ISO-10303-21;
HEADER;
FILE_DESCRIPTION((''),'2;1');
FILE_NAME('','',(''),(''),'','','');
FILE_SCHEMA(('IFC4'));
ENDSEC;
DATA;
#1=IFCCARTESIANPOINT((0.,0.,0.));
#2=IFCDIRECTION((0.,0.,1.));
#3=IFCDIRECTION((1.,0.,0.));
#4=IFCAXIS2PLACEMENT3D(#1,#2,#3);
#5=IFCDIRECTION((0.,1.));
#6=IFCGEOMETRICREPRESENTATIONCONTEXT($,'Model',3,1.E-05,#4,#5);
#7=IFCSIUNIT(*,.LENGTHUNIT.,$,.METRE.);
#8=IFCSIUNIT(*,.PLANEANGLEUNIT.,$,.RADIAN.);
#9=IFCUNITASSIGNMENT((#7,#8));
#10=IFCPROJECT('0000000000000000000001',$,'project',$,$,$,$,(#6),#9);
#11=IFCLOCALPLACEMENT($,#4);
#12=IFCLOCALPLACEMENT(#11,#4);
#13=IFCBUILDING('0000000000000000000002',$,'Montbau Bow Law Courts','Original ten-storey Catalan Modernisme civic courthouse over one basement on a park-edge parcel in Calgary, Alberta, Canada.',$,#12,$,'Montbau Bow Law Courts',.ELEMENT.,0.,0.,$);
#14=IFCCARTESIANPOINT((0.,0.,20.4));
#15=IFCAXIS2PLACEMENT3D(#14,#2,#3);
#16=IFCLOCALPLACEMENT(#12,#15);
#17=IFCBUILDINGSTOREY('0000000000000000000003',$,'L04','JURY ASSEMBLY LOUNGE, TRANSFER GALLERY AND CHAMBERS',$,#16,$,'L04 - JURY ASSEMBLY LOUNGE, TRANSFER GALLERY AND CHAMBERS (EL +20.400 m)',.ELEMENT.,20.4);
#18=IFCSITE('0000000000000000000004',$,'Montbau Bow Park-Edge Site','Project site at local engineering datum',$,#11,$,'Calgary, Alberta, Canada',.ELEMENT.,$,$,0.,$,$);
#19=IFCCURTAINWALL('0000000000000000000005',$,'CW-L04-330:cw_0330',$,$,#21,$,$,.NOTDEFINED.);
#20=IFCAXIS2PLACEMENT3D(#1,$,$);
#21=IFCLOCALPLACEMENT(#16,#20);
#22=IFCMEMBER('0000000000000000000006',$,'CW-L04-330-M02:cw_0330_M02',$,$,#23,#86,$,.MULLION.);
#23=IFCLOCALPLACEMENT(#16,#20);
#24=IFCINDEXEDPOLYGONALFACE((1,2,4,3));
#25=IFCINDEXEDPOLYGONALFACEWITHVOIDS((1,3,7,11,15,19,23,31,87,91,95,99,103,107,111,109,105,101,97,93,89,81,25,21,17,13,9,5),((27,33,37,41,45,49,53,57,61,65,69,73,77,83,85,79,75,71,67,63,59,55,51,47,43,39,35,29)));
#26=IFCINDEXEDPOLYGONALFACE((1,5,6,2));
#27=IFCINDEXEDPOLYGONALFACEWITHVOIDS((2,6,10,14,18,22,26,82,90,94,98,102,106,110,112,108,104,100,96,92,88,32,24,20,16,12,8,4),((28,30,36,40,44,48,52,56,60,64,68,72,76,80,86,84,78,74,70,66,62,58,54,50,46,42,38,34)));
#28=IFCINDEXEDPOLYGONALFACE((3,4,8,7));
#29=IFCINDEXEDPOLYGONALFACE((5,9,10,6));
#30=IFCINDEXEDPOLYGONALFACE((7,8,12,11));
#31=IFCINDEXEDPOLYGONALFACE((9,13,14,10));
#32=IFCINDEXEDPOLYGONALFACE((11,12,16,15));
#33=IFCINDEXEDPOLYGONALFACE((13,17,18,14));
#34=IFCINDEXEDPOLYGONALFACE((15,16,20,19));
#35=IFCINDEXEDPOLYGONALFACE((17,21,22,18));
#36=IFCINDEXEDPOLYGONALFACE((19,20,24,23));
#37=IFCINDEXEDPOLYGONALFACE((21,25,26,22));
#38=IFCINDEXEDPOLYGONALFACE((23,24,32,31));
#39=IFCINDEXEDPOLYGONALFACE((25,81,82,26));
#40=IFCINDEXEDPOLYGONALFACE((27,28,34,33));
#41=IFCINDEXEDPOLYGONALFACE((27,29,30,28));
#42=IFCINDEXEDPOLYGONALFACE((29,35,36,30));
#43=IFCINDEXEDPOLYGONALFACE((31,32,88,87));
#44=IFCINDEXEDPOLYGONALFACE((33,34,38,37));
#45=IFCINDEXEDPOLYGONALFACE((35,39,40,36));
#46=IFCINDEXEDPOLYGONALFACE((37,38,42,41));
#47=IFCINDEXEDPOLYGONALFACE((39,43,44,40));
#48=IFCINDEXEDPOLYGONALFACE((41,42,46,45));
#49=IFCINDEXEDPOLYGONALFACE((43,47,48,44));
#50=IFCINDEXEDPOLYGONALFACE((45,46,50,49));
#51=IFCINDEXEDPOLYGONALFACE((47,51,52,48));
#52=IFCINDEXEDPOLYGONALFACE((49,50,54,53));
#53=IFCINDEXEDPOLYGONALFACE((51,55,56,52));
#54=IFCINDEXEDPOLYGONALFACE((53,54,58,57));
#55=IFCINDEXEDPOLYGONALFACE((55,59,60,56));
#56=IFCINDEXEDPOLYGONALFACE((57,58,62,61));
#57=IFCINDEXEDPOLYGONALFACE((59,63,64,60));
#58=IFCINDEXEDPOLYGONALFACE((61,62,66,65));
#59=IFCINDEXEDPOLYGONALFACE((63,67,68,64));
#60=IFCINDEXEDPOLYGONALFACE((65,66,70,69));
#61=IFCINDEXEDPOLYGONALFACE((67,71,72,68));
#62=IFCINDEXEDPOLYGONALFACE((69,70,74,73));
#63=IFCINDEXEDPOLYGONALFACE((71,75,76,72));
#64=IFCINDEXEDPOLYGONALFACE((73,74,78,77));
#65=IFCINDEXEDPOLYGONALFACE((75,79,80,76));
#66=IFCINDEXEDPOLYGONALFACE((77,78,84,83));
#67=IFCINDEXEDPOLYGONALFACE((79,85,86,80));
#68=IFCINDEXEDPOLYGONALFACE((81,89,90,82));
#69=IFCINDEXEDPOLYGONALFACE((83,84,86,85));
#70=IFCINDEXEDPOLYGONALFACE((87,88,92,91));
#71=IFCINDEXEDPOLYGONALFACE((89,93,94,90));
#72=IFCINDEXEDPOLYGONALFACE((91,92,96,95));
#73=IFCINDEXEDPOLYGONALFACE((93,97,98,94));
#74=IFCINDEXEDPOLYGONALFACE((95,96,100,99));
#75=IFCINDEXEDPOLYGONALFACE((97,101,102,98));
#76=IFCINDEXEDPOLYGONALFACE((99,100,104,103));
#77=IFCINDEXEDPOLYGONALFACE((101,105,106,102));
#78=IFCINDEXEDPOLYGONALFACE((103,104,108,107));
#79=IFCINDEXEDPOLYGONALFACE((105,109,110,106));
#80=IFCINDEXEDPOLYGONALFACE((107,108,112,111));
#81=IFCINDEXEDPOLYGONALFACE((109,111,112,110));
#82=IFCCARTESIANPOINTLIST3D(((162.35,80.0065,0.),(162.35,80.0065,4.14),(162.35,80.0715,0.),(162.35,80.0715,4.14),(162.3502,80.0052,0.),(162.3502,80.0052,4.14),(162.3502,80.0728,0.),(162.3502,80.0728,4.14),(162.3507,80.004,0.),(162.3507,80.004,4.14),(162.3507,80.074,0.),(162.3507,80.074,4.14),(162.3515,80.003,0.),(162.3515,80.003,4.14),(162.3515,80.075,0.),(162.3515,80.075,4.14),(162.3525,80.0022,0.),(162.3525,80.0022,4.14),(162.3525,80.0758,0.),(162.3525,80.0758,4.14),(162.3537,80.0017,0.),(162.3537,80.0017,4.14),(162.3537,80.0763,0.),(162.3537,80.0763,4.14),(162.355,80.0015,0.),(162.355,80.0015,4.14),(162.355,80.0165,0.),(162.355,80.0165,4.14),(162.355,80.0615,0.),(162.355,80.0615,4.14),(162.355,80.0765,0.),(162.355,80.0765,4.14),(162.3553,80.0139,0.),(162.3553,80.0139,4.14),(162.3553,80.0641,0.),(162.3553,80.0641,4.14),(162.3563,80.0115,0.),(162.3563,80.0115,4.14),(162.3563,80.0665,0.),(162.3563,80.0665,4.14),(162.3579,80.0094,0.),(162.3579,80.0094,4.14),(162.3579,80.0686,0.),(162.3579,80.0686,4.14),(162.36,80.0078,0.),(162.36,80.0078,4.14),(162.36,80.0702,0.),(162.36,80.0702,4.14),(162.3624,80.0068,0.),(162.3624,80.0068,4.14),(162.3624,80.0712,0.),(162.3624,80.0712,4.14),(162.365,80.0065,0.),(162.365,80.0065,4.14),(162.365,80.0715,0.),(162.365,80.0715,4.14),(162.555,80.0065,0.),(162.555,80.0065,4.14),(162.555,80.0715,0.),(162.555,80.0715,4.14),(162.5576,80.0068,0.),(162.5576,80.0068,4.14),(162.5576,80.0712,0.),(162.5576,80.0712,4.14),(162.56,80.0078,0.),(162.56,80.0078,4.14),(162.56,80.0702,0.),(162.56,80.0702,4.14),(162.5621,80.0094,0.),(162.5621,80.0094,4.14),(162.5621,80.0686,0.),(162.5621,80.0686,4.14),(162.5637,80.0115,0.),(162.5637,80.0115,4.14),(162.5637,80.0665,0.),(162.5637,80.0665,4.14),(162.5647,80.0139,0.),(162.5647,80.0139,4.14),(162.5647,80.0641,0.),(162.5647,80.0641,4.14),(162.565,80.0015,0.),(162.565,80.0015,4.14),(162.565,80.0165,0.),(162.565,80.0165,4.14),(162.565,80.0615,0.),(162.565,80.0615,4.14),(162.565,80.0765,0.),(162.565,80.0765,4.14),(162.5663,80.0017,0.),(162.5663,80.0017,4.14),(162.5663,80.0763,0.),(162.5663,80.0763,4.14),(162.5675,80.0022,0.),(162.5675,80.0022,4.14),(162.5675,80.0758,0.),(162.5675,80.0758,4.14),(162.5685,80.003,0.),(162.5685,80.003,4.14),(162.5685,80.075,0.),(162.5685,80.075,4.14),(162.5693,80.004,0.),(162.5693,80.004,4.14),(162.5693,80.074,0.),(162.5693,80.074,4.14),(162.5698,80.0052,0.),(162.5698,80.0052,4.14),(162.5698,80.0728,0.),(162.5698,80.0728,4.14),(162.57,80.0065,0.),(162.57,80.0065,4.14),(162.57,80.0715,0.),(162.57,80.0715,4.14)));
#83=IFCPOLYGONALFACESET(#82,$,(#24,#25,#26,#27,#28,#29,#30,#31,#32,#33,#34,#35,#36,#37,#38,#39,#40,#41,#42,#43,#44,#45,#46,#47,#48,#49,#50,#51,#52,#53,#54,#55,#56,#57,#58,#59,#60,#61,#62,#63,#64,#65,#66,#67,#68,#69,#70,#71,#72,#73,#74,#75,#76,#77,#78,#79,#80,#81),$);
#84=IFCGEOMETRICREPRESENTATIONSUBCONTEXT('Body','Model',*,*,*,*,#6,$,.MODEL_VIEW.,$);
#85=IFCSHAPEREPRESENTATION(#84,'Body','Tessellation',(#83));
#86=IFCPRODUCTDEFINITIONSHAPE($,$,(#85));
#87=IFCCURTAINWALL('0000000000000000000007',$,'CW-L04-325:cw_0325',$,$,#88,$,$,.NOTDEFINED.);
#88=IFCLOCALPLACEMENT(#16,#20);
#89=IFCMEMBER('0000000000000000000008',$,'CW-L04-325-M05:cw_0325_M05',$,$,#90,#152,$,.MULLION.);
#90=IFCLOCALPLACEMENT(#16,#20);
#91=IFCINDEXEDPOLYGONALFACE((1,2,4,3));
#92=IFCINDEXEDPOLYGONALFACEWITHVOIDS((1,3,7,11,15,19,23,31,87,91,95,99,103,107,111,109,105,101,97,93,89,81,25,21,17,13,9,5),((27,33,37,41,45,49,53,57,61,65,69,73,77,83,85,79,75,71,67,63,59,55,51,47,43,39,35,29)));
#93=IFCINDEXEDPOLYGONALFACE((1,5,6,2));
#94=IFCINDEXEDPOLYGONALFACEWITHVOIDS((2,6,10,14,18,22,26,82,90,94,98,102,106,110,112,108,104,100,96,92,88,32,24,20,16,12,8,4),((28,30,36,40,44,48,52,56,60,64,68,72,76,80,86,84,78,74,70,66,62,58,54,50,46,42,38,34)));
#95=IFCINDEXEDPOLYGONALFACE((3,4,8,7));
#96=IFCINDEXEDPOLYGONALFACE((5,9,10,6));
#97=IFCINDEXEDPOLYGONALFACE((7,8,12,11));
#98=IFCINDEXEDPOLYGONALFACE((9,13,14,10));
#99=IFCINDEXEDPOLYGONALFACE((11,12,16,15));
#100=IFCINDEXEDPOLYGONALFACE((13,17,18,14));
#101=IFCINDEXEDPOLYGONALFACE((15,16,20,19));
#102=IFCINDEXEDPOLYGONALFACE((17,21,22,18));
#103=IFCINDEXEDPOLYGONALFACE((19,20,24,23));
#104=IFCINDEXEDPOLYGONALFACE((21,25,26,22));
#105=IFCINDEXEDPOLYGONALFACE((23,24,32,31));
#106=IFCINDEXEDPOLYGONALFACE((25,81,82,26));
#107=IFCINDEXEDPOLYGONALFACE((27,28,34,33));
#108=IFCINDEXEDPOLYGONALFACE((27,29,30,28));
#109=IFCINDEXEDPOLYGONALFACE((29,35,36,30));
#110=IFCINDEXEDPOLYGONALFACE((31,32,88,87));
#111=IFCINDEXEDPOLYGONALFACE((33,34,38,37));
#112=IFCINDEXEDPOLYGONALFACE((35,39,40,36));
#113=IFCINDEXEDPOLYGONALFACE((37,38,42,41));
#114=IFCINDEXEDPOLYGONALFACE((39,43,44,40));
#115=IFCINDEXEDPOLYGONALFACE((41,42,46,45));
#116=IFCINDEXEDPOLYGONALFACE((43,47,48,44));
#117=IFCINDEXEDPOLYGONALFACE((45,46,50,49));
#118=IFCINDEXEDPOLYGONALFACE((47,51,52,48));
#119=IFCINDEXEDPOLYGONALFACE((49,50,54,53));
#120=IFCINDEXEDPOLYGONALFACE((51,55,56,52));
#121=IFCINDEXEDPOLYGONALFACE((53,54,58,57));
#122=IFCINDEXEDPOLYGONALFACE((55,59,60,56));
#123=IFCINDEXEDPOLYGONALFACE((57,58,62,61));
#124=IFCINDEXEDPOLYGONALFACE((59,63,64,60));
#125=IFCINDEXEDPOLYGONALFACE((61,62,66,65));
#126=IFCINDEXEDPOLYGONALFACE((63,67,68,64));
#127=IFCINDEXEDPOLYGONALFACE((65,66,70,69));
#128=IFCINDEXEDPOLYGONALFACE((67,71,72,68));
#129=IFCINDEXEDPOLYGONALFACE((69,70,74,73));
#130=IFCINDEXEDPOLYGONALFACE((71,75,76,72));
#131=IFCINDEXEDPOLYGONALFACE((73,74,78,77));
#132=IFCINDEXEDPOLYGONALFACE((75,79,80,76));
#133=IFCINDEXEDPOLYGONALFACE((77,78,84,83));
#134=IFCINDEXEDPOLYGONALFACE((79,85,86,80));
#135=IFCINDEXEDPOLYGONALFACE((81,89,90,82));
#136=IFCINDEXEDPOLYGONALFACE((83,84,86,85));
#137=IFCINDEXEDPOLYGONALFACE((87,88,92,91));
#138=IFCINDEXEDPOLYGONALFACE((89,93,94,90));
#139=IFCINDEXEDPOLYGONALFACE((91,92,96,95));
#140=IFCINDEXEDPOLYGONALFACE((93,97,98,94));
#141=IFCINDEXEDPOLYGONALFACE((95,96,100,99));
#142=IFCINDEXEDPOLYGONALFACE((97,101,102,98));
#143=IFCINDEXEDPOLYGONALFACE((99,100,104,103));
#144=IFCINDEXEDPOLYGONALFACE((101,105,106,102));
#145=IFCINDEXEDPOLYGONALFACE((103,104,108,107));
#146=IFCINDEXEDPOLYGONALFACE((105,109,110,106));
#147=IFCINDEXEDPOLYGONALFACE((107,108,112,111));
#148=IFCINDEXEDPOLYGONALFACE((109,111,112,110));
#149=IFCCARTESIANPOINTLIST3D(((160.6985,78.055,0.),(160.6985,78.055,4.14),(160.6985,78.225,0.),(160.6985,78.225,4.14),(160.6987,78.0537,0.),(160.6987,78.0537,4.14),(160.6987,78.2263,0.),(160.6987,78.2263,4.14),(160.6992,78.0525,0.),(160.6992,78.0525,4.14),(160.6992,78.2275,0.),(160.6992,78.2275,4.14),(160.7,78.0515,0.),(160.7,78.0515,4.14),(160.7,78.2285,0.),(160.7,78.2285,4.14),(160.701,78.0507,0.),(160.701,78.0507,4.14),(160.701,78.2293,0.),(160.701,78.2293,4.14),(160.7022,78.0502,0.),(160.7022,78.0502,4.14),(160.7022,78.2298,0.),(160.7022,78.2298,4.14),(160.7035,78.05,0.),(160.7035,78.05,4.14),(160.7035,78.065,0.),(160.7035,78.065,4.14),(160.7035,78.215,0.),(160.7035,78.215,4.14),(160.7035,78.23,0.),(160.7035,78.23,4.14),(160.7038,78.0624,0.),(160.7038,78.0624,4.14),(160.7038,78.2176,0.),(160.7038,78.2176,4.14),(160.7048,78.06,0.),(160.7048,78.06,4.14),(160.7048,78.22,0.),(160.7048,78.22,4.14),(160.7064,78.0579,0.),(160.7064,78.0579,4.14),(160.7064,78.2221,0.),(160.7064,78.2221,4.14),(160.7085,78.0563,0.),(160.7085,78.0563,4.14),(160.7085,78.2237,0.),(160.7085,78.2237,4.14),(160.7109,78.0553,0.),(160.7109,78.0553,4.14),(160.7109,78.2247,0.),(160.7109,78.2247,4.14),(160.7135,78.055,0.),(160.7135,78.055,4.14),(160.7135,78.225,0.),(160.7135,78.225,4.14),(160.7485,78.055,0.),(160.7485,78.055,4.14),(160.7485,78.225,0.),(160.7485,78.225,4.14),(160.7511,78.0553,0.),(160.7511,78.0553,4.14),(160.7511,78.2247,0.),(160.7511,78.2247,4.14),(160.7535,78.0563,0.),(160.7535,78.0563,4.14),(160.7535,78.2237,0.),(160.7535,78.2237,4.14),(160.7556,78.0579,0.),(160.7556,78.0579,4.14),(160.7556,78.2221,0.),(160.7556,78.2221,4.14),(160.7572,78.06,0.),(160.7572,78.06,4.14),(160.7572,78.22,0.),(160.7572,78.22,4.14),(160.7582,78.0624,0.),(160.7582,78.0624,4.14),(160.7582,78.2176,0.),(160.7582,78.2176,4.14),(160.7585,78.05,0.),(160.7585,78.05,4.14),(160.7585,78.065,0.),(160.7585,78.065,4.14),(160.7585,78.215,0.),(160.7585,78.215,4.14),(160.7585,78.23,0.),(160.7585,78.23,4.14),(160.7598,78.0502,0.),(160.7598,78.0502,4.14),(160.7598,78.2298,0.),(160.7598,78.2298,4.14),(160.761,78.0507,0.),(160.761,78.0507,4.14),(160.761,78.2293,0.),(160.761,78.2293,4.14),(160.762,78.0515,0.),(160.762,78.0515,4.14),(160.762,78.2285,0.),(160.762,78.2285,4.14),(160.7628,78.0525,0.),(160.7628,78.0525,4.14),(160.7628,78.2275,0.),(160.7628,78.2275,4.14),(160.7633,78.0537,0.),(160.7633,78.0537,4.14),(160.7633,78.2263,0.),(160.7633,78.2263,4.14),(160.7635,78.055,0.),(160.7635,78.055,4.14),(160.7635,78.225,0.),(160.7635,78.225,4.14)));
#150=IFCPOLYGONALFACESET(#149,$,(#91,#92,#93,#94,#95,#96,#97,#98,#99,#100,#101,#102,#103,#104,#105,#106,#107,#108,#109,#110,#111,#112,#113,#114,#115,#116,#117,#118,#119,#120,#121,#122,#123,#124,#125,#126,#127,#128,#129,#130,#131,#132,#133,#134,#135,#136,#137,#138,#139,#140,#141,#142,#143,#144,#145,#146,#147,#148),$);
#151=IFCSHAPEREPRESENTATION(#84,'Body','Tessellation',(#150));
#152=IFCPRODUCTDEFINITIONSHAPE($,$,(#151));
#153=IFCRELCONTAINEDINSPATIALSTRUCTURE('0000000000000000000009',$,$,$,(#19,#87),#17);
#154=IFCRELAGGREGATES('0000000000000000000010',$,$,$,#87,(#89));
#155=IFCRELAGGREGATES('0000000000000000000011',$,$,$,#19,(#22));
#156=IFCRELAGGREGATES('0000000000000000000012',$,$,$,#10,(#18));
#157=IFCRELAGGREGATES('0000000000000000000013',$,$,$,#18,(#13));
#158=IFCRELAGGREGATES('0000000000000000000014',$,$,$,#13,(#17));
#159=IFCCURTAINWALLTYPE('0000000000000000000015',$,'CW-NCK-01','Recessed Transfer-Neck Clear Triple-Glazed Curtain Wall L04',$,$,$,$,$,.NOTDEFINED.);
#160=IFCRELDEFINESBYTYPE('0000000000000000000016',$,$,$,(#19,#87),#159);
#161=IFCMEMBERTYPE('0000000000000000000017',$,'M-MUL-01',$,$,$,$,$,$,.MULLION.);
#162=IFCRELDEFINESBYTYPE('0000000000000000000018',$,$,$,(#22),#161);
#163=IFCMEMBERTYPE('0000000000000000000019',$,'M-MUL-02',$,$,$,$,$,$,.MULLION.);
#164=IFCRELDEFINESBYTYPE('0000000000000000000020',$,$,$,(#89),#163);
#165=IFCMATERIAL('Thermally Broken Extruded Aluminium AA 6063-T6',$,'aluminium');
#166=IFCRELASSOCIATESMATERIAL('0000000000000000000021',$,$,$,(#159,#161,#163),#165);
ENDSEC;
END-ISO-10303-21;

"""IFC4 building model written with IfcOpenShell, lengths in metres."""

from ifc_helpers import new_model, si_unit, direction, frame, origin_with_axes, origin_2d_with_axis, place, context, subcontext, project, spatial, hollow_rectangle, extrude, material, material_profile, profile_set, type_object, element, aggregate, save


model = new_model("IFC4")

# Units and contexts
model_context = context("Model", 3, precision=1e-05, world=origin_with_axes(), true_north=direction((0.0, 1.0)))
body_context = subcontext(model_context, "Body", "Model", "MODEL_VIEW")
ifc_project = project(units=[si_unit("LENGTHUNIT", "METRE"), si_unit("PLANEANGLEUNIT", "RADIAN")], contexts=[model_context])

# Site, building, storey
site_placement = place(None, origin_with_axes())
site = spatial("IfcSite", under=ifc_project, at=site_placement, Name="Montbau Bow Park-Edge Site", Description="Project site at local engineering datum", LongName="Calgary, Alberta, Canada", CompositionType="ELEMENT", RefElevation=0.0)
building_placement = place(site_placement, origin_with_axes())
building = spatial("IfcBuilding", under=site, at=building_placement, Name="Montbau Bow Law Courts", Description="Original ten-storey Catalan Modernisme civic courthouse over one basement on a park-edge parcel in Calgary, Alberta, Canada.", LongName="Montbau Bow Law Courts", CompositionType="ELEMENT", ElevationOfRefHeight=0.0, ElevationOfTerrain=0.0)
storey_placement = place(building_placement, frame((0.0, 0.0, 20.4), z_axis=(0.0, 0.0, 1.0), x_axis=(1.0, 0.0, 0.0)))
storey = spatial("IfcBuildingStorey", under=building, at=storey_placement, Name="L04", Description="JURY ASSEMBLY LOUNGE, TRANSFER GALLERY AND CHAMBERS", LongName="L04 - JURY ASSEMBLY LOUNGE, TRANSFER GALLERY AND CHAMBERS (EL +20.400 m)", CompositionType="ELEMENT", Elevation=20.4)

# Curtain walls, members
ifc_material_1 = material(Name="Thermally Broken Extruded Aluminium AA 6063-T6", Category="aluminium")
curtain_wall_type = type_object("IfcCurtainWallType", Name="CW-NCK-01", Description="Recessed Transfer-Neck Clear Triple-Glazed Curtain Wall L04", PredefinedType="NOTDEFINED", material=ifc_material_1)
curtain_wall_1_placement = place(None, frame((162.46, 78.515, 20.4), z_axis=(0.0, 0.0, 1.0), x_axis=(1.0, 0.0, 0.0)))
curtain_wall_1 = element("IfcCurtainWall", 1, at=curtain_wall_1_placement, inside=storey, type_object=curtain_wall_type, Name="CW-L04-330:cw_0330", PredefinedType="NOTDEFINED")
ifc_material_profile_1 = material_profile(ifc_material_1, hollow_rectangle(XDim=0.075, YDim=0.22, WallThickness=0.005, InnerFilletRadius=0.01, OuterFilletRadius=0.005, at=origin_2d_with_axis()), Name="CWM-220X75", Category="Main", Priority=0)
ifc_profile_set_1 = profile_set([ifc_material_profile_1], Name="Thermally Broken Extruded Aluminium AA 6063-T6")
member_type_1 = type_object("IfcMemberType", Name="M-MUL-01", PredefinedType="MULLION", material=ifc_profile_set_1)
member_1_placement = place(None, frame((162.46, 80.039, 20.4), z_axis=(0.0, 0.0, 1.0), x_axis=(0.0, 1.0, 0.0)))
member_1 = element("IfcMember", 2, at=member_1_placement, type_object=member_type_1, Name="CW-L04-330-M02:cw_0330_M02", PredefinedType="MULLION", context=body_context, shape_type="SweptSolid", body=[
    extrude(hollow_rectangle(XDim=0.075, YDim=0.22, WallThickness=0.005, InnerFilletRadius=0.01, OuterFilletRadius=0.005, at=origin_2d_with_axis()), origin_with_axes(), (0.0, 0.0, 1.0), 4.14),
])
curtain_wall_2_placement = place(None, frame((155.315, 78.14, 20.4), z_axis=(0.0, 0.0, 1.0), x_axis=(1.0, 0.0, 0.0)))
curtain_wall_2 = element("IfcCurtainWall", 3, at=curtain_wall_2_placement, inside=storey, type_object=curtain_wall_type, Name="CW-L04-325:cw_0325", PredefinedType="NOTDEFINED")
ifc_material_profile_2 = material_profile(ifc_material_1, hollow_rectangle(XDim=0.065, YDim=0.18, WallThickness=0.005, InnerFilletRadius=0.01, OuterFilletRadius=0.005, at=origin_2d_with_axis()), Name="CWM-180X65", Category="Main", Priority=0)
ifc_profile_set_2 = profile_set([ifc_material_profile_2], Name="Thermally Broken Extruded Aluminium AA 6063-T6")
member_type_2 = type_object("IfcMemberType", Name="M-MUL-02", PredefinedType="MULLION", material=ifc_profile_set_2)
member_2_placement = place(None, frame((160.731, 78.14, 20.4), z_axis=(0.0, 0.0, 1.0), x_axis=(1.0, 0.0, 0.0)))
member_2 = element("IfcMember", 4, at=member_2_placement, type_object=member_type_2, Name="CW-L04-325-M05:cw_0325_M05", PredefinedType="MULLION", context=body_context, shape_type="SweptSolid", body=[
    extrude(hollow_rectangle(XDim=0.065, YDim=0.18, WallThickness=0.005, InnerFilletRadius=0.01, OuterFilletRadius=0.005, at=origin_2d_with_axis()), origin_with_axes(), (0.0, 0.0, 1.0), 4.14),
])

aggregate(curtain_wall_2, [member_2])
aggregate(curtain_wall_1, [member_1])

save(model, "model.ifc")
